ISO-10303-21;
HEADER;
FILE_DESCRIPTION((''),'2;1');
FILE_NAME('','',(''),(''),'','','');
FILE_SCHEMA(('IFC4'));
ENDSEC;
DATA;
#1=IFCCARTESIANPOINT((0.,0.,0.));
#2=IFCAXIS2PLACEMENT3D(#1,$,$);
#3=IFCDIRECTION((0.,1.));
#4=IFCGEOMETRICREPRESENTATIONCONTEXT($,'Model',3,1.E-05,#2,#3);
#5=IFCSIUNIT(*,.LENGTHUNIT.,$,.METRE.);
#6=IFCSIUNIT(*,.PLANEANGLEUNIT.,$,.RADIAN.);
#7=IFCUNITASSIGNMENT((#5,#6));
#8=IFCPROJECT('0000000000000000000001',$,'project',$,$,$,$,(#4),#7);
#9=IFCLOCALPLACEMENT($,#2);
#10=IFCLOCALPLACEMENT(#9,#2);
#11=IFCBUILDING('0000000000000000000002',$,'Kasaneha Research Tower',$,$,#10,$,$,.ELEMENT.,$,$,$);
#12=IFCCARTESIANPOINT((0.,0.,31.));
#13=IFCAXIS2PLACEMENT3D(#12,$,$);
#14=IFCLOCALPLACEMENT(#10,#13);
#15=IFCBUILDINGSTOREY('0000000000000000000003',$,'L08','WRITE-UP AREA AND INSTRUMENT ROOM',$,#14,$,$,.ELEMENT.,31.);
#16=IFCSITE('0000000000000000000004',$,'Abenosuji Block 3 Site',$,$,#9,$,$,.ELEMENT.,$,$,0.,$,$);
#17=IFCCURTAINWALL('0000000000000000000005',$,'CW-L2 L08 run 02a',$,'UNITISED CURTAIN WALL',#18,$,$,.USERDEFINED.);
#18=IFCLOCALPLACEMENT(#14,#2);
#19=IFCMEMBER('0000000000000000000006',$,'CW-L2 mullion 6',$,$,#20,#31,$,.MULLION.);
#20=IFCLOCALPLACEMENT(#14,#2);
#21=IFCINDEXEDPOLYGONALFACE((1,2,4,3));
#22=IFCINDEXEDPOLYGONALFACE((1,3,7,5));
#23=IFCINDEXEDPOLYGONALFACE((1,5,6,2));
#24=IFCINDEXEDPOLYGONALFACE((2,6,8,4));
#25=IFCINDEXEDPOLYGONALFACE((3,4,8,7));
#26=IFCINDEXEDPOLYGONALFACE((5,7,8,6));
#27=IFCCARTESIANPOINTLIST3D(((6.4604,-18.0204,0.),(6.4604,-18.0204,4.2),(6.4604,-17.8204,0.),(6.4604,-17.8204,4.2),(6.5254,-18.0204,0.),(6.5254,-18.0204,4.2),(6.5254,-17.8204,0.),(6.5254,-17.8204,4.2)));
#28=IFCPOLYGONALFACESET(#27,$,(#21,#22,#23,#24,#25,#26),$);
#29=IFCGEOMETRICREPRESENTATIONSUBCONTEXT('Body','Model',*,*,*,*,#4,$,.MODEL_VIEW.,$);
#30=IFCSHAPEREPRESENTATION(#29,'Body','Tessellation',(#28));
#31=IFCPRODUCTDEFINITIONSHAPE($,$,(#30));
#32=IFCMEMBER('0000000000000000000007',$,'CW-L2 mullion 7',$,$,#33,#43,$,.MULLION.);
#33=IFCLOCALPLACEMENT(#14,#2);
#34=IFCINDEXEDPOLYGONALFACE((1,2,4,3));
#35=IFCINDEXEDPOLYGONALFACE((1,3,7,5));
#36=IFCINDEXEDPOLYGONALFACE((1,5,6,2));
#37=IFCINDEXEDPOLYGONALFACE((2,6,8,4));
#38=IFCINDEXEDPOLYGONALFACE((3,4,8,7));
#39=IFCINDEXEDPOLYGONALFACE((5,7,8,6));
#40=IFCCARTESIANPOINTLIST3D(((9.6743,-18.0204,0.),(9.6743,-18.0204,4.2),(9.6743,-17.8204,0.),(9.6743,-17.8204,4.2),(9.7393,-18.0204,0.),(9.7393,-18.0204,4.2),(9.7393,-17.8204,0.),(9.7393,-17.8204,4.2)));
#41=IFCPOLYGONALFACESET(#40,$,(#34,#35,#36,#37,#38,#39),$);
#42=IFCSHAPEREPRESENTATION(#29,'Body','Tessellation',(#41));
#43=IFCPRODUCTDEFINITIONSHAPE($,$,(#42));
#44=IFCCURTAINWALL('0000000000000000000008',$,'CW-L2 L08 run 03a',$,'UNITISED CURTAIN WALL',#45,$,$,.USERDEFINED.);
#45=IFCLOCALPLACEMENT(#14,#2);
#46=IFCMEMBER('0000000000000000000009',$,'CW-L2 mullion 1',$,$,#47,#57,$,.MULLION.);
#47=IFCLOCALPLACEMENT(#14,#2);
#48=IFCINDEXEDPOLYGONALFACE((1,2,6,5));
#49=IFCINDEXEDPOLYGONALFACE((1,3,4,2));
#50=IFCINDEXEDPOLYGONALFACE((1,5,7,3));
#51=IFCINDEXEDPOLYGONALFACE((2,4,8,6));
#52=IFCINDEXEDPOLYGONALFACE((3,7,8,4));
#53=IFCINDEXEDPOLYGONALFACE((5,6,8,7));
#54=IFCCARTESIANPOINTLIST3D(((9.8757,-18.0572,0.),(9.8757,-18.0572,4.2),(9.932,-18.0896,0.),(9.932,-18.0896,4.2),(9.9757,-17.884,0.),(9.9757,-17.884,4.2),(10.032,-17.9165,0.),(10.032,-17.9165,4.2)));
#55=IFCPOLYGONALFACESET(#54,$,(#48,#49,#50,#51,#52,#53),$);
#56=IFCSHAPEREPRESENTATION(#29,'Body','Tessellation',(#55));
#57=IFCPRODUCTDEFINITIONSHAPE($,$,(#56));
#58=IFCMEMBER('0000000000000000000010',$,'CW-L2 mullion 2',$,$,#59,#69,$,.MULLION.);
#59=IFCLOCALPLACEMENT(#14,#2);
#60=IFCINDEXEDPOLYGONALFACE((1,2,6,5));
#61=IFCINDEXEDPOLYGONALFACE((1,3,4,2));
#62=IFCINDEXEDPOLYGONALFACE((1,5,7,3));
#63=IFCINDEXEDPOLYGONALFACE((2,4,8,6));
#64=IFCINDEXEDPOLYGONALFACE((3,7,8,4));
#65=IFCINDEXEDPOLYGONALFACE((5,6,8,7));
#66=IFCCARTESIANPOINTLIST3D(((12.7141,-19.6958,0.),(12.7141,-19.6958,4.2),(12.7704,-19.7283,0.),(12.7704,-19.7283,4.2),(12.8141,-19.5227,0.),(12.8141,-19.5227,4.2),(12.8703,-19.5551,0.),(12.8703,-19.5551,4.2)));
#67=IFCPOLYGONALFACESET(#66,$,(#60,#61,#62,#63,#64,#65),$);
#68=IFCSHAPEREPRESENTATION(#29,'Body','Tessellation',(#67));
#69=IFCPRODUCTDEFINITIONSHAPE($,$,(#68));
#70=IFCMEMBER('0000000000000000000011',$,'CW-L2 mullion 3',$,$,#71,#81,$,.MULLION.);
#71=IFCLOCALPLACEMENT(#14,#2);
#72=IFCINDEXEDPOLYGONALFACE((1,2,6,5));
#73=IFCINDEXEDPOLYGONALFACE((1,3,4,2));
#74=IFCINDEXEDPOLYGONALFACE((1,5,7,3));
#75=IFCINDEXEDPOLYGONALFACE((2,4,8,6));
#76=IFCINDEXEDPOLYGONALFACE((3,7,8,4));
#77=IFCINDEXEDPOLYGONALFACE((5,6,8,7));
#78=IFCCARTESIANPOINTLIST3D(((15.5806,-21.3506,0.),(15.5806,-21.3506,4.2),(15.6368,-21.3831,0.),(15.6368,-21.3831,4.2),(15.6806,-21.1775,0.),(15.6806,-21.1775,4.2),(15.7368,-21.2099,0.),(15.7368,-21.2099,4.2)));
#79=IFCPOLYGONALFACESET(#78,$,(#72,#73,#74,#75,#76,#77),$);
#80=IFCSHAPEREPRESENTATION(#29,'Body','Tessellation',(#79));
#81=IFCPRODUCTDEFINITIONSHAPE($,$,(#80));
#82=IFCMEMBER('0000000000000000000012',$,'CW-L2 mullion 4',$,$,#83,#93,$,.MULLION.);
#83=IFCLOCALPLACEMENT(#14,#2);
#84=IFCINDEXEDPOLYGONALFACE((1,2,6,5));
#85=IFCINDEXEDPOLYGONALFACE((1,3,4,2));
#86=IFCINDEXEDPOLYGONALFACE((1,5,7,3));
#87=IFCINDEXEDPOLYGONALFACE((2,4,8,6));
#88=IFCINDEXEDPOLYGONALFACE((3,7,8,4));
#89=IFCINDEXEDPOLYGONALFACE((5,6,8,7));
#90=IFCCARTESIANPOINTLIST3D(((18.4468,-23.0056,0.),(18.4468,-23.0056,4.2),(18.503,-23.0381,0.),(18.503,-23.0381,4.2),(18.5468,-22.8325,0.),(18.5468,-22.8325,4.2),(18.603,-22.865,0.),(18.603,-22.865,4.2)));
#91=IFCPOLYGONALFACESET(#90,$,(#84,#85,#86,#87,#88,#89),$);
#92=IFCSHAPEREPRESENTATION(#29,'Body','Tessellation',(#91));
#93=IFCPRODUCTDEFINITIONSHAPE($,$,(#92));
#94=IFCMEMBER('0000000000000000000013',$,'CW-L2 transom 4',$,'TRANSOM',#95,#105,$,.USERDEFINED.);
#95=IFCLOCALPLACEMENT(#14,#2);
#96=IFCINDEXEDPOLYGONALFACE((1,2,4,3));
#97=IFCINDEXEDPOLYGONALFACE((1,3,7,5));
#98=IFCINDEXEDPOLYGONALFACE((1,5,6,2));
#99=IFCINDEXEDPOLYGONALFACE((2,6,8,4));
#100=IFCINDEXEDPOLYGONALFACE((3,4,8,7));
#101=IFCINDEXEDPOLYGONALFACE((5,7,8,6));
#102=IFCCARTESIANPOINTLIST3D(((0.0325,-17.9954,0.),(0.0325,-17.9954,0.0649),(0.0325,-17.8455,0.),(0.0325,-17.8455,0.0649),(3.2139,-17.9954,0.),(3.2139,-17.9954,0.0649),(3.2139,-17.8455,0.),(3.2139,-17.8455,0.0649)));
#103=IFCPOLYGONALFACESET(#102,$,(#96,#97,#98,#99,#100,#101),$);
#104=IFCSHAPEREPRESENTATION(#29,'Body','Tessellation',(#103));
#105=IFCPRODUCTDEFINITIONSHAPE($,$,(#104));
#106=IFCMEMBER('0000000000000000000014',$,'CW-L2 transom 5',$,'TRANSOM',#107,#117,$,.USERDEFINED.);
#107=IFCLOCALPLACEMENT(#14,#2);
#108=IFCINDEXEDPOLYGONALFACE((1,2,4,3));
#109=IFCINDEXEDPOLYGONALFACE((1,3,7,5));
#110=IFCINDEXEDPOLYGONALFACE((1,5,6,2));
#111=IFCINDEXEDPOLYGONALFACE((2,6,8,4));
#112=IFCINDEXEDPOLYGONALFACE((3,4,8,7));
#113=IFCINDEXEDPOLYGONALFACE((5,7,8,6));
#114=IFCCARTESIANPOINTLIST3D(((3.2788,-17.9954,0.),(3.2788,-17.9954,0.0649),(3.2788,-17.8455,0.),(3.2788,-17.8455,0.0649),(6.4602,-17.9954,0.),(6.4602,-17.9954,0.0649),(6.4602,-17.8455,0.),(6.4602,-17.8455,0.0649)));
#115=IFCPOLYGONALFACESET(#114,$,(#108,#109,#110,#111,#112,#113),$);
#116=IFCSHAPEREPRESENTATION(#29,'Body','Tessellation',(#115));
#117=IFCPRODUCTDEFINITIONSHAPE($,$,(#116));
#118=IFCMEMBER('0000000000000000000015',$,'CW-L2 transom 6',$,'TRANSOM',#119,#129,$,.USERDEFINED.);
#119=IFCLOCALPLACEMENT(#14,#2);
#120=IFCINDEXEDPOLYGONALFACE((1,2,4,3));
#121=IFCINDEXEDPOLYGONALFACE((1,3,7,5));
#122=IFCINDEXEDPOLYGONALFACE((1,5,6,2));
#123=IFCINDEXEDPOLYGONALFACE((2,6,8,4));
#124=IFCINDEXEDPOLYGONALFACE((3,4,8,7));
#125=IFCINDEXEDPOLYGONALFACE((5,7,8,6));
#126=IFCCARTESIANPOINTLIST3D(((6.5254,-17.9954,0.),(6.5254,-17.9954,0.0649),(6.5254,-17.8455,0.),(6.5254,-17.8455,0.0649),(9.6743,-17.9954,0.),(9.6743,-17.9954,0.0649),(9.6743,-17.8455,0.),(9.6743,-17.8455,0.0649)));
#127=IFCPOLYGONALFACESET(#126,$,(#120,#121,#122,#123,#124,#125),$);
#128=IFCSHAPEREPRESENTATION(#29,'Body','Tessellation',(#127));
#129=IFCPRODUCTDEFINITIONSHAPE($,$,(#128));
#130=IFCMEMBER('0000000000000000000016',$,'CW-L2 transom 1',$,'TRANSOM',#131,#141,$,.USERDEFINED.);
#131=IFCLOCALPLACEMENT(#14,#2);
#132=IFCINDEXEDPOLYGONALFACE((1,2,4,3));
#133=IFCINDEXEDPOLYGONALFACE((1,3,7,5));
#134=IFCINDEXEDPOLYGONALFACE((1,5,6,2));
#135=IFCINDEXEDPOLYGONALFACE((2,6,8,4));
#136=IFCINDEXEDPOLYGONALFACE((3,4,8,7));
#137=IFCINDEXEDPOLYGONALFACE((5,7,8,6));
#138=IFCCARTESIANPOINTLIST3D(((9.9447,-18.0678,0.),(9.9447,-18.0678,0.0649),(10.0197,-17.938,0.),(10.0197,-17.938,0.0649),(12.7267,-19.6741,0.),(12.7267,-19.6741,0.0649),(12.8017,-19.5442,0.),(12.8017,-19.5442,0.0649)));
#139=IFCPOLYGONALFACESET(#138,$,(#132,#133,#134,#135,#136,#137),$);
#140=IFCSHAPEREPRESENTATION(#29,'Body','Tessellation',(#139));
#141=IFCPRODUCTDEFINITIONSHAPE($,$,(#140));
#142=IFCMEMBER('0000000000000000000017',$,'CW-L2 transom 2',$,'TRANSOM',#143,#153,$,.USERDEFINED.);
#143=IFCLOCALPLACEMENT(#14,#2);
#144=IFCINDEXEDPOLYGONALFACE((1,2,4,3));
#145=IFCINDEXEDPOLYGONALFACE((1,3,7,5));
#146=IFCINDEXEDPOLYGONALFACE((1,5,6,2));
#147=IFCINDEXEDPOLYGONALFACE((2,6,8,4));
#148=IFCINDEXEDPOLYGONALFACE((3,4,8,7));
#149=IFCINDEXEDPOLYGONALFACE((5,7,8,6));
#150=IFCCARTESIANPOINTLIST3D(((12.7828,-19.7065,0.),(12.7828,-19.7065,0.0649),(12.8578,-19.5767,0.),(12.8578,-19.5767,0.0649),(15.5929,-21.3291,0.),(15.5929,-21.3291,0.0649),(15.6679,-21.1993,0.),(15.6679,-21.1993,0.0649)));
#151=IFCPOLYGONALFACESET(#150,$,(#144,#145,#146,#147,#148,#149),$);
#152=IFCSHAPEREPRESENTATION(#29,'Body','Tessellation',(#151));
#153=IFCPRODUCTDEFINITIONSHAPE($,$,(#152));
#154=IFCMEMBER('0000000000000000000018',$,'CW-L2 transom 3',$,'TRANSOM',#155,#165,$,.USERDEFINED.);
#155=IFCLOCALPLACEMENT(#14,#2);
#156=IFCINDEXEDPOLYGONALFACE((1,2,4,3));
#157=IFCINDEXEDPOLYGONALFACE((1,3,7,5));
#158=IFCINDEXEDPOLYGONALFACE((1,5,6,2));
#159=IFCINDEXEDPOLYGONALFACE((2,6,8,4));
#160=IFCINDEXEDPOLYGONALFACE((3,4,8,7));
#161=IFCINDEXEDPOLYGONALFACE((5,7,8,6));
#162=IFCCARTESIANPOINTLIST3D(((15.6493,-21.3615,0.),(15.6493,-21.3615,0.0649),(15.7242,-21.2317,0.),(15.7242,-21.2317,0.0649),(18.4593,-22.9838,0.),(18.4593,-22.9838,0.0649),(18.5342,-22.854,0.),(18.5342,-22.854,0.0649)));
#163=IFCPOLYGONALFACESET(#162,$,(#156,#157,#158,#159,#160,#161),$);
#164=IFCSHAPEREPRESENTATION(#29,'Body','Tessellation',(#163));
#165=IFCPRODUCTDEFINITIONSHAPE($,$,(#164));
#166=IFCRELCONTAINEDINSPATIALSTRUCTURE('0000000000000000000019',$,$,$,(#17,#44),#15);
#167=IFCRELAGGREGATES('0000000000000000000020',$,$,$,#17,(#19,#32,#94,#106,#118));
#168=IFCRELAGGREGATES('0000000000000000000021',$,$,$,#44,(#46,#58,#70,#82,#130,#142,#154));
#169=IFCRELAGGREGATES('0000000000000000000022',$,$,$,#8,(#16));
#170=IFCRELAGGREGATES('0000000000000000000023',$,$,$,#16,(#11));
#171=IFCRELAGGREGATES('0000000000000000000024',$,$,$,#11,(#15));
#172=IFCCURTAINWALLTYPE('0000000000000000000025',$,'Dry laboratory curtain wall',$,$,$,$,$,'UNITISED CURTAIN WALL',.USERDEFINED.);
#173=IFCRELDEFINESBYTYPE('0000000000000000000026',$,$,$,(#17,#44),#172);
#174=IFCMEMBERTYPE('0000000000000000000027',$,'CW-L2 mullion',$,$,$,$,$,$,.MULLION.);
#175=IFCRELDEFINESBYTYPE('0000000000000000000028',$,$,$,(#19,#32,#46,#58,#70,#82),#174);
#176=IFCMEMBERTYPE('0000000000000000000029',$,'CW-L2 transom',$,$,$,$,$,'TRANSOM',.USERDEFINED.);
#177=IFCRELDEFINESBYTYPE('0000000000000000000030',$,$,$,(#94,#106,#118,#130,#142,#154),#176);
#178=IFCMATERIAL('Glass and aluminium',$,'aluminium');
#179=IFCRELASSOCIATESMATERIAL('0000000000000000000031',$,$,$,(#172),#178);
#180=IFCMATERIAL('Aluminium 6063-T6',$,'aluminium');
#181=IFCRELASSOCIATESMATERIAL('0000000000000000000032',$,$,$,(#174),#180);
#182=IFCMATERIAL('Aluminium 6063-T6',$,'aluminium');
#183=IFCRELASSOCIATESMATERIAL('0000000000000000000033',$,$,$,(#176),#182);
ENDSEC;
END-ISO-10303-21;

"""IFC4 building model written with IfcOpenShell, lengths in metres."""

from ifc_helpers import new_model, si_unit, direction, frame, origin, origin_2d, place, context, subcontext, project, spatial, rectangle, extrude, material, material_profile, profile_set, type_object, element, aggregate, save


model = new_model("IFC4")

# Units and contexts
model_context = context("Model", 3, precision=1e-05, world=origin(), true_north=direction((0.0, 1.0)))
body_context = subcontext(model_context, "Body", "Model", "MODEL_VIEW")
ifc_project = project(units=[si_unit("LENGTHUNIT", "METRE"), si_unit("PLANEANGLEUNIT", "RADIAN")], contexts=[model_context])

# Site, building, storey
site_placement = place(None, origin())
site = spatial("IfcSite", under=ifc_project, at=site_placement, Name="Abenosuji Block 3 Site", CompositionType="ELEMENT", RefElevation=0.0)
building_placement = place(site_placement, origin())
building = spatial("IfcBuilding", under=site, at=building_placement, Name="Kasaneha Research Tower", CompositionType="ELEMENT")
storey_placement = place(building_placement, frame((0.0, 0.0, 31.0)))
storey = spatial("IfcBuildingStorey", under=building, at=storey_placement, Name="L08", Description="WRITE-UP AREA AND INSTRUMENT ROOM", CompositionType="ELEMENT", Elevation=31.0)

# Curtain walls, members
ifc_material_1 = material(Name="Glass and aluminium", Category="aluminium")
curtain_wall_type = type_object("IfcCurtainWallType", Name="Dry laboratory curtain wall", ElementType="UNITISED CURTAIN WALL", PredefinedType="USERDEFINED", material=ifc_material_1)
curtain_wall_1_placement = place(storey_placement, origin())
curtain_wall_1 = element("IfcCurtainWall", 1, at=curtain_wall_1_placement, inside=storey, type_object=curtain_wall_type, Name="CW-L2 L08 run 02a", ObjectType="UNITISED CURTAIN WALL", PredefinedType="USERDEFINED")
ifc_material_2 = material(Name="Aluminium 6063-T6", Category="aluminium")
ifc_material_profile_1 = material_profile(ifc_material_2, rectangle(XDim=0.0649, YDim=0.2, at=origin_2d()), Name="CW-L2 mullion 65x200")
ifc_profile_set_1 = profile_set([ifc_material_profile_1], Name="Aluminium 6063-T6")
member_type_1 = type_object("IfcMemberType", Name="CW-L2 mullion", PredefinedType="MULLION", material=ifc_profile_set_1)
member_1_placement = place(storey_placement, frame((6.4929, -17.9204, 0.0), z_axis=(0.0, 0.0, 1.0), x_axis=(1.0, 0.0, 0.0)))
member_1 = element("IfcMember", 2, at=member_1_placement, type_object=member_type_1, Name="CW-L2 mullion 6", PredefinedType="MULLION", context=body_context, shape_type="SweptSolid", body=[
    extrude(rectangle(XDim=0.0649, YDim=0.2, at=origin_2d()), origin(), (0.0, 0.0, 1.0), 4.2),
])
member_2_placement = place(storey_placement, frame((9.7068, -17.9204, 0.0), z_axis=(0.0, 0.0, 1.0), x_axis=(1.0, 0.0, 0.0)))
member_2 = element("IfcMember", 3, at=member_2_placement, type_object=member_type_1, Name="CW-L2 mullion 7", PredefinedType="MULLION", context=body_context, shape_type="SweptSolid", body=[
    extrude(rectangle(XDim=0.0649, YDim=0.2, at=origin_2d()), origin(), (0.0, 0.0, 1.0), 4.2),
])
curtain_wall_2_placement = place(storey_placement, origin())
curtain_wall_2 = element("IfcCurtainWall", 4, at=curtain_wall_2_placement, inside=storey, type_object=curtain_wall_type, Name="CW-L2 L08 run 03a", ObjectType="UNITISED CURTAIN WALL", PredefinedType="USERDEFINED")
member_3_placement = place(storey_placement, frame((9.9539, -17.9868, 0.0), z_axis=(0.0, 0.0, 1.0), x_axis=(0.866025, -0.5, 0.0)))
member_3 = element("IfcMember", 5, at=member_3_placement, type_object=member_type_1, Name="CW-L2 mullion 1", PredefinedType="MULLION", context=body_context, shape_type="SweptSolid", body=[
    extrude(rectangle(XDim=0.0649, YDim=0.2, at=origin_2d()), origin(), (0.0, 0.0, 1.0), 4.2),
])
member_4_placement = place(storey_placement, frame((12.7922, -19.6255, 0.0), z_axis=(0.0, 0.0, 1.0), x_axis=(0.866025, -0.5, 0.0)))
member_4 = element("IfcMember", 6, at=member_4_placement, type_object=member_type_1, Name="CW-L2 mullion 2", PredefinedType="MULLION", context=body_context, shape_type="SweptSolid", body=[
    extrude(rectangle(XDim=0.0649, YDim=0.2, at=origin_2d()), origin(), (0.0, 0.0, 1.0), 4.2),
])
member_5_placement = place(storey_placement, frame((15.6587, -21.2803, 0.0), z_axis=(0.0, 0.0, 1.0), x_axis=(0.866025, -0.5, 0.0)))
member_5 = element("IfcMember", 7, at=member_5_placement, type_object=member_type_1, Name="CW-L2 mullion 3", PredefinedType="MULLION", context=body_context, shape_type="SweptSolid", body=[
    extrude(rectangle(XDim=0.0649, YDim=0.2, at=origin_2d()), origin(), (0.0, 0.0, 1.0), 4.2),
])
member_6_placement = place(storey_placement, frame((18.5249, -22.9353, 0.0), z_axis=(0.0, 0.0, 1.0), x_axis=(0.866025, -0.5, 0.0)))
member_6 = element("IfcMember", 8, at=member_6_placement, type_object=member_type_1, Name="CW-L2 mullion 4", PredefinedType="MULLION", context=body_context, shape_type="SweptSolid", body=[
    extrude(rectangle(XDim=0.0649, YDim=0.2, at=origin_2d()), origin(), (0.0, 0.0, 1.0), 4.2),
])

# Members
ifc_material_3 = material(Name="Aluminium 6063-T6", Category="aluminium")
ifc_material_profile_2 = material_profile(ifc_material_3, rectangle(XDim=0.1499, YDim=0.0649, at=origin_2d()), Name="CW-L2 transom 150x65")
ifc_profile_set_2 = profile_set([ifc_material_profile_2], Name="Aluminium 6063-T6")
member_type_2 = type_object("IfcMemberType", Name="CW-L2 transom", ElementType="TRANSOM", PredefinedType="USERDEFINED", material=ifc_profile_set_2)
member_7_placement = place(storey_placement, frame((0.0325, -17.9204, 0.0325), z_axis=(1.0, 0.0, 0.0), x_axis=(0.0, 1.0, 0.0)))
member_7 = element("IfcMember", 9, at=member_7_placement, type_object=member_type_2, Name="CW-L2 transom 4", ObjectType="TRANSOM", PredefinedType="USERDEFINED", context=body_context, shape_type="SweptSolid", body=[
    extrude(rectangle(XDim=0.1499, YDim=0.0649, at=origin_2d()), origin(), (0.0, 0.0, 1.0), 3.1814),
])
member_8_placement = place(storey_placement, frame((3.2788, -17.9204, 0.0325), z_axis=(1.0, 0.0, 0.0), x_axis=(0.0, 1.0, 0.0)))
member_8 = element("IfcMember", 10, at=member_8_placement, type_object=member_type_2, Name="CW-L2 transom 5", ObjectType="TRANSOM", PredefinedType="USERDEFINED", context=body_context, shape_type="SweptSolid", body=[
    extrude(rectangle(XDim=0.1499, YDim=0.0649, at=origin_2d()), origin(), (0.0, 0.0, 1.0), 3.1814),
])
member_9_placement = place(storey_placement, frame((6.5254, -17.9204, 0.0325), z_axis=(1.0, 0.0, 0.0), x_axis=(0.0, 1.0, 0.0)))
member_9 = element("IfcMember", 11, at=member_9_placement, type_object=member_type_2, Name="CW-L2 transom 6", ObjectType="TRANSOM", PredefinedType="USERDEFINED", context=body_context, shape_type="SweptSolid", body=[
    extrude(rectangle(XDim=0.1499, YDim=0.0649, at=origin_2d()), origin(), (0.0, 0.0, 1.0), 3.1489),
])
member_10_placement = place(storey_placement, frame((9.9822, -18.0029, 0.0325), z_axis=(0.866022, -0.500005, 0.0), x_axis=(0.500005, 0.866022, 0.0)))
member_10 = element("IfcMember", 12, at=member_10_placement, type_object=member_type_2, Name="CW-L2 transom 1", ObjectType="TRANSOM", PredefinedType="USERDEFINED", context=body_context, shape_type="SweptSolid", body=[
    extrude(rectangle(XDim=0.1499, YDim=0.0649, at=origin_2d()), origin(), (0.0, 0.0, 1.0), 3.2124),
])
member_11_placement = place(storey_placement, frame((12.8203, -19.6416, 0.0325), z_axis=(0.866003, -0.500039, 0.0), x_axis=(0.500039, 0.866003, 0.0)))
member_11 = element("IfcMember", 13, at=member_11_placement, type_object=member_type_2, Name="CW-L2 transom 2", ObjectType="TRANSOM", PredefinedType="USERDEFINED", context=body_context, shape_type="SweptSolid", body=[
    extrude(rectangle(XDim=0.1499, YDim=0.0649, at=origin_2d()), origin(), (0.0, 0.0, 1.0), 3.2449),
])
member_12_placement = place(storey_placement, frame((15.6868, -21.2966, 0.0325), z_axis=(0.866035, -0.499983, 0.0), x_axis=(0.499983, 0.866035, 0.0)))
member_12 = element("IfcMember", 14, at=member_12_placement, type_object=member_type_2, Name="CW-L2 transom 3", ObjectType="TRANSOM", PredefinedType="USERDEFINED", context=body_context, shape_type="SweptSolid", body=[
    extrude(rectangle(XDim=0.1499, YDim=0.0649, at=origin_2d()), origin(), (0.0, 0.0, 1.0), 3.2446),
])

aggregate(curtain_wall_1, [member_1, member_2, member_7, member_8, member_9])
aggregate(curtain_wall_2, [member_3, member_4, member_5, member_6, member_10, member_11, member_12])

save(model, "model.ifc")
